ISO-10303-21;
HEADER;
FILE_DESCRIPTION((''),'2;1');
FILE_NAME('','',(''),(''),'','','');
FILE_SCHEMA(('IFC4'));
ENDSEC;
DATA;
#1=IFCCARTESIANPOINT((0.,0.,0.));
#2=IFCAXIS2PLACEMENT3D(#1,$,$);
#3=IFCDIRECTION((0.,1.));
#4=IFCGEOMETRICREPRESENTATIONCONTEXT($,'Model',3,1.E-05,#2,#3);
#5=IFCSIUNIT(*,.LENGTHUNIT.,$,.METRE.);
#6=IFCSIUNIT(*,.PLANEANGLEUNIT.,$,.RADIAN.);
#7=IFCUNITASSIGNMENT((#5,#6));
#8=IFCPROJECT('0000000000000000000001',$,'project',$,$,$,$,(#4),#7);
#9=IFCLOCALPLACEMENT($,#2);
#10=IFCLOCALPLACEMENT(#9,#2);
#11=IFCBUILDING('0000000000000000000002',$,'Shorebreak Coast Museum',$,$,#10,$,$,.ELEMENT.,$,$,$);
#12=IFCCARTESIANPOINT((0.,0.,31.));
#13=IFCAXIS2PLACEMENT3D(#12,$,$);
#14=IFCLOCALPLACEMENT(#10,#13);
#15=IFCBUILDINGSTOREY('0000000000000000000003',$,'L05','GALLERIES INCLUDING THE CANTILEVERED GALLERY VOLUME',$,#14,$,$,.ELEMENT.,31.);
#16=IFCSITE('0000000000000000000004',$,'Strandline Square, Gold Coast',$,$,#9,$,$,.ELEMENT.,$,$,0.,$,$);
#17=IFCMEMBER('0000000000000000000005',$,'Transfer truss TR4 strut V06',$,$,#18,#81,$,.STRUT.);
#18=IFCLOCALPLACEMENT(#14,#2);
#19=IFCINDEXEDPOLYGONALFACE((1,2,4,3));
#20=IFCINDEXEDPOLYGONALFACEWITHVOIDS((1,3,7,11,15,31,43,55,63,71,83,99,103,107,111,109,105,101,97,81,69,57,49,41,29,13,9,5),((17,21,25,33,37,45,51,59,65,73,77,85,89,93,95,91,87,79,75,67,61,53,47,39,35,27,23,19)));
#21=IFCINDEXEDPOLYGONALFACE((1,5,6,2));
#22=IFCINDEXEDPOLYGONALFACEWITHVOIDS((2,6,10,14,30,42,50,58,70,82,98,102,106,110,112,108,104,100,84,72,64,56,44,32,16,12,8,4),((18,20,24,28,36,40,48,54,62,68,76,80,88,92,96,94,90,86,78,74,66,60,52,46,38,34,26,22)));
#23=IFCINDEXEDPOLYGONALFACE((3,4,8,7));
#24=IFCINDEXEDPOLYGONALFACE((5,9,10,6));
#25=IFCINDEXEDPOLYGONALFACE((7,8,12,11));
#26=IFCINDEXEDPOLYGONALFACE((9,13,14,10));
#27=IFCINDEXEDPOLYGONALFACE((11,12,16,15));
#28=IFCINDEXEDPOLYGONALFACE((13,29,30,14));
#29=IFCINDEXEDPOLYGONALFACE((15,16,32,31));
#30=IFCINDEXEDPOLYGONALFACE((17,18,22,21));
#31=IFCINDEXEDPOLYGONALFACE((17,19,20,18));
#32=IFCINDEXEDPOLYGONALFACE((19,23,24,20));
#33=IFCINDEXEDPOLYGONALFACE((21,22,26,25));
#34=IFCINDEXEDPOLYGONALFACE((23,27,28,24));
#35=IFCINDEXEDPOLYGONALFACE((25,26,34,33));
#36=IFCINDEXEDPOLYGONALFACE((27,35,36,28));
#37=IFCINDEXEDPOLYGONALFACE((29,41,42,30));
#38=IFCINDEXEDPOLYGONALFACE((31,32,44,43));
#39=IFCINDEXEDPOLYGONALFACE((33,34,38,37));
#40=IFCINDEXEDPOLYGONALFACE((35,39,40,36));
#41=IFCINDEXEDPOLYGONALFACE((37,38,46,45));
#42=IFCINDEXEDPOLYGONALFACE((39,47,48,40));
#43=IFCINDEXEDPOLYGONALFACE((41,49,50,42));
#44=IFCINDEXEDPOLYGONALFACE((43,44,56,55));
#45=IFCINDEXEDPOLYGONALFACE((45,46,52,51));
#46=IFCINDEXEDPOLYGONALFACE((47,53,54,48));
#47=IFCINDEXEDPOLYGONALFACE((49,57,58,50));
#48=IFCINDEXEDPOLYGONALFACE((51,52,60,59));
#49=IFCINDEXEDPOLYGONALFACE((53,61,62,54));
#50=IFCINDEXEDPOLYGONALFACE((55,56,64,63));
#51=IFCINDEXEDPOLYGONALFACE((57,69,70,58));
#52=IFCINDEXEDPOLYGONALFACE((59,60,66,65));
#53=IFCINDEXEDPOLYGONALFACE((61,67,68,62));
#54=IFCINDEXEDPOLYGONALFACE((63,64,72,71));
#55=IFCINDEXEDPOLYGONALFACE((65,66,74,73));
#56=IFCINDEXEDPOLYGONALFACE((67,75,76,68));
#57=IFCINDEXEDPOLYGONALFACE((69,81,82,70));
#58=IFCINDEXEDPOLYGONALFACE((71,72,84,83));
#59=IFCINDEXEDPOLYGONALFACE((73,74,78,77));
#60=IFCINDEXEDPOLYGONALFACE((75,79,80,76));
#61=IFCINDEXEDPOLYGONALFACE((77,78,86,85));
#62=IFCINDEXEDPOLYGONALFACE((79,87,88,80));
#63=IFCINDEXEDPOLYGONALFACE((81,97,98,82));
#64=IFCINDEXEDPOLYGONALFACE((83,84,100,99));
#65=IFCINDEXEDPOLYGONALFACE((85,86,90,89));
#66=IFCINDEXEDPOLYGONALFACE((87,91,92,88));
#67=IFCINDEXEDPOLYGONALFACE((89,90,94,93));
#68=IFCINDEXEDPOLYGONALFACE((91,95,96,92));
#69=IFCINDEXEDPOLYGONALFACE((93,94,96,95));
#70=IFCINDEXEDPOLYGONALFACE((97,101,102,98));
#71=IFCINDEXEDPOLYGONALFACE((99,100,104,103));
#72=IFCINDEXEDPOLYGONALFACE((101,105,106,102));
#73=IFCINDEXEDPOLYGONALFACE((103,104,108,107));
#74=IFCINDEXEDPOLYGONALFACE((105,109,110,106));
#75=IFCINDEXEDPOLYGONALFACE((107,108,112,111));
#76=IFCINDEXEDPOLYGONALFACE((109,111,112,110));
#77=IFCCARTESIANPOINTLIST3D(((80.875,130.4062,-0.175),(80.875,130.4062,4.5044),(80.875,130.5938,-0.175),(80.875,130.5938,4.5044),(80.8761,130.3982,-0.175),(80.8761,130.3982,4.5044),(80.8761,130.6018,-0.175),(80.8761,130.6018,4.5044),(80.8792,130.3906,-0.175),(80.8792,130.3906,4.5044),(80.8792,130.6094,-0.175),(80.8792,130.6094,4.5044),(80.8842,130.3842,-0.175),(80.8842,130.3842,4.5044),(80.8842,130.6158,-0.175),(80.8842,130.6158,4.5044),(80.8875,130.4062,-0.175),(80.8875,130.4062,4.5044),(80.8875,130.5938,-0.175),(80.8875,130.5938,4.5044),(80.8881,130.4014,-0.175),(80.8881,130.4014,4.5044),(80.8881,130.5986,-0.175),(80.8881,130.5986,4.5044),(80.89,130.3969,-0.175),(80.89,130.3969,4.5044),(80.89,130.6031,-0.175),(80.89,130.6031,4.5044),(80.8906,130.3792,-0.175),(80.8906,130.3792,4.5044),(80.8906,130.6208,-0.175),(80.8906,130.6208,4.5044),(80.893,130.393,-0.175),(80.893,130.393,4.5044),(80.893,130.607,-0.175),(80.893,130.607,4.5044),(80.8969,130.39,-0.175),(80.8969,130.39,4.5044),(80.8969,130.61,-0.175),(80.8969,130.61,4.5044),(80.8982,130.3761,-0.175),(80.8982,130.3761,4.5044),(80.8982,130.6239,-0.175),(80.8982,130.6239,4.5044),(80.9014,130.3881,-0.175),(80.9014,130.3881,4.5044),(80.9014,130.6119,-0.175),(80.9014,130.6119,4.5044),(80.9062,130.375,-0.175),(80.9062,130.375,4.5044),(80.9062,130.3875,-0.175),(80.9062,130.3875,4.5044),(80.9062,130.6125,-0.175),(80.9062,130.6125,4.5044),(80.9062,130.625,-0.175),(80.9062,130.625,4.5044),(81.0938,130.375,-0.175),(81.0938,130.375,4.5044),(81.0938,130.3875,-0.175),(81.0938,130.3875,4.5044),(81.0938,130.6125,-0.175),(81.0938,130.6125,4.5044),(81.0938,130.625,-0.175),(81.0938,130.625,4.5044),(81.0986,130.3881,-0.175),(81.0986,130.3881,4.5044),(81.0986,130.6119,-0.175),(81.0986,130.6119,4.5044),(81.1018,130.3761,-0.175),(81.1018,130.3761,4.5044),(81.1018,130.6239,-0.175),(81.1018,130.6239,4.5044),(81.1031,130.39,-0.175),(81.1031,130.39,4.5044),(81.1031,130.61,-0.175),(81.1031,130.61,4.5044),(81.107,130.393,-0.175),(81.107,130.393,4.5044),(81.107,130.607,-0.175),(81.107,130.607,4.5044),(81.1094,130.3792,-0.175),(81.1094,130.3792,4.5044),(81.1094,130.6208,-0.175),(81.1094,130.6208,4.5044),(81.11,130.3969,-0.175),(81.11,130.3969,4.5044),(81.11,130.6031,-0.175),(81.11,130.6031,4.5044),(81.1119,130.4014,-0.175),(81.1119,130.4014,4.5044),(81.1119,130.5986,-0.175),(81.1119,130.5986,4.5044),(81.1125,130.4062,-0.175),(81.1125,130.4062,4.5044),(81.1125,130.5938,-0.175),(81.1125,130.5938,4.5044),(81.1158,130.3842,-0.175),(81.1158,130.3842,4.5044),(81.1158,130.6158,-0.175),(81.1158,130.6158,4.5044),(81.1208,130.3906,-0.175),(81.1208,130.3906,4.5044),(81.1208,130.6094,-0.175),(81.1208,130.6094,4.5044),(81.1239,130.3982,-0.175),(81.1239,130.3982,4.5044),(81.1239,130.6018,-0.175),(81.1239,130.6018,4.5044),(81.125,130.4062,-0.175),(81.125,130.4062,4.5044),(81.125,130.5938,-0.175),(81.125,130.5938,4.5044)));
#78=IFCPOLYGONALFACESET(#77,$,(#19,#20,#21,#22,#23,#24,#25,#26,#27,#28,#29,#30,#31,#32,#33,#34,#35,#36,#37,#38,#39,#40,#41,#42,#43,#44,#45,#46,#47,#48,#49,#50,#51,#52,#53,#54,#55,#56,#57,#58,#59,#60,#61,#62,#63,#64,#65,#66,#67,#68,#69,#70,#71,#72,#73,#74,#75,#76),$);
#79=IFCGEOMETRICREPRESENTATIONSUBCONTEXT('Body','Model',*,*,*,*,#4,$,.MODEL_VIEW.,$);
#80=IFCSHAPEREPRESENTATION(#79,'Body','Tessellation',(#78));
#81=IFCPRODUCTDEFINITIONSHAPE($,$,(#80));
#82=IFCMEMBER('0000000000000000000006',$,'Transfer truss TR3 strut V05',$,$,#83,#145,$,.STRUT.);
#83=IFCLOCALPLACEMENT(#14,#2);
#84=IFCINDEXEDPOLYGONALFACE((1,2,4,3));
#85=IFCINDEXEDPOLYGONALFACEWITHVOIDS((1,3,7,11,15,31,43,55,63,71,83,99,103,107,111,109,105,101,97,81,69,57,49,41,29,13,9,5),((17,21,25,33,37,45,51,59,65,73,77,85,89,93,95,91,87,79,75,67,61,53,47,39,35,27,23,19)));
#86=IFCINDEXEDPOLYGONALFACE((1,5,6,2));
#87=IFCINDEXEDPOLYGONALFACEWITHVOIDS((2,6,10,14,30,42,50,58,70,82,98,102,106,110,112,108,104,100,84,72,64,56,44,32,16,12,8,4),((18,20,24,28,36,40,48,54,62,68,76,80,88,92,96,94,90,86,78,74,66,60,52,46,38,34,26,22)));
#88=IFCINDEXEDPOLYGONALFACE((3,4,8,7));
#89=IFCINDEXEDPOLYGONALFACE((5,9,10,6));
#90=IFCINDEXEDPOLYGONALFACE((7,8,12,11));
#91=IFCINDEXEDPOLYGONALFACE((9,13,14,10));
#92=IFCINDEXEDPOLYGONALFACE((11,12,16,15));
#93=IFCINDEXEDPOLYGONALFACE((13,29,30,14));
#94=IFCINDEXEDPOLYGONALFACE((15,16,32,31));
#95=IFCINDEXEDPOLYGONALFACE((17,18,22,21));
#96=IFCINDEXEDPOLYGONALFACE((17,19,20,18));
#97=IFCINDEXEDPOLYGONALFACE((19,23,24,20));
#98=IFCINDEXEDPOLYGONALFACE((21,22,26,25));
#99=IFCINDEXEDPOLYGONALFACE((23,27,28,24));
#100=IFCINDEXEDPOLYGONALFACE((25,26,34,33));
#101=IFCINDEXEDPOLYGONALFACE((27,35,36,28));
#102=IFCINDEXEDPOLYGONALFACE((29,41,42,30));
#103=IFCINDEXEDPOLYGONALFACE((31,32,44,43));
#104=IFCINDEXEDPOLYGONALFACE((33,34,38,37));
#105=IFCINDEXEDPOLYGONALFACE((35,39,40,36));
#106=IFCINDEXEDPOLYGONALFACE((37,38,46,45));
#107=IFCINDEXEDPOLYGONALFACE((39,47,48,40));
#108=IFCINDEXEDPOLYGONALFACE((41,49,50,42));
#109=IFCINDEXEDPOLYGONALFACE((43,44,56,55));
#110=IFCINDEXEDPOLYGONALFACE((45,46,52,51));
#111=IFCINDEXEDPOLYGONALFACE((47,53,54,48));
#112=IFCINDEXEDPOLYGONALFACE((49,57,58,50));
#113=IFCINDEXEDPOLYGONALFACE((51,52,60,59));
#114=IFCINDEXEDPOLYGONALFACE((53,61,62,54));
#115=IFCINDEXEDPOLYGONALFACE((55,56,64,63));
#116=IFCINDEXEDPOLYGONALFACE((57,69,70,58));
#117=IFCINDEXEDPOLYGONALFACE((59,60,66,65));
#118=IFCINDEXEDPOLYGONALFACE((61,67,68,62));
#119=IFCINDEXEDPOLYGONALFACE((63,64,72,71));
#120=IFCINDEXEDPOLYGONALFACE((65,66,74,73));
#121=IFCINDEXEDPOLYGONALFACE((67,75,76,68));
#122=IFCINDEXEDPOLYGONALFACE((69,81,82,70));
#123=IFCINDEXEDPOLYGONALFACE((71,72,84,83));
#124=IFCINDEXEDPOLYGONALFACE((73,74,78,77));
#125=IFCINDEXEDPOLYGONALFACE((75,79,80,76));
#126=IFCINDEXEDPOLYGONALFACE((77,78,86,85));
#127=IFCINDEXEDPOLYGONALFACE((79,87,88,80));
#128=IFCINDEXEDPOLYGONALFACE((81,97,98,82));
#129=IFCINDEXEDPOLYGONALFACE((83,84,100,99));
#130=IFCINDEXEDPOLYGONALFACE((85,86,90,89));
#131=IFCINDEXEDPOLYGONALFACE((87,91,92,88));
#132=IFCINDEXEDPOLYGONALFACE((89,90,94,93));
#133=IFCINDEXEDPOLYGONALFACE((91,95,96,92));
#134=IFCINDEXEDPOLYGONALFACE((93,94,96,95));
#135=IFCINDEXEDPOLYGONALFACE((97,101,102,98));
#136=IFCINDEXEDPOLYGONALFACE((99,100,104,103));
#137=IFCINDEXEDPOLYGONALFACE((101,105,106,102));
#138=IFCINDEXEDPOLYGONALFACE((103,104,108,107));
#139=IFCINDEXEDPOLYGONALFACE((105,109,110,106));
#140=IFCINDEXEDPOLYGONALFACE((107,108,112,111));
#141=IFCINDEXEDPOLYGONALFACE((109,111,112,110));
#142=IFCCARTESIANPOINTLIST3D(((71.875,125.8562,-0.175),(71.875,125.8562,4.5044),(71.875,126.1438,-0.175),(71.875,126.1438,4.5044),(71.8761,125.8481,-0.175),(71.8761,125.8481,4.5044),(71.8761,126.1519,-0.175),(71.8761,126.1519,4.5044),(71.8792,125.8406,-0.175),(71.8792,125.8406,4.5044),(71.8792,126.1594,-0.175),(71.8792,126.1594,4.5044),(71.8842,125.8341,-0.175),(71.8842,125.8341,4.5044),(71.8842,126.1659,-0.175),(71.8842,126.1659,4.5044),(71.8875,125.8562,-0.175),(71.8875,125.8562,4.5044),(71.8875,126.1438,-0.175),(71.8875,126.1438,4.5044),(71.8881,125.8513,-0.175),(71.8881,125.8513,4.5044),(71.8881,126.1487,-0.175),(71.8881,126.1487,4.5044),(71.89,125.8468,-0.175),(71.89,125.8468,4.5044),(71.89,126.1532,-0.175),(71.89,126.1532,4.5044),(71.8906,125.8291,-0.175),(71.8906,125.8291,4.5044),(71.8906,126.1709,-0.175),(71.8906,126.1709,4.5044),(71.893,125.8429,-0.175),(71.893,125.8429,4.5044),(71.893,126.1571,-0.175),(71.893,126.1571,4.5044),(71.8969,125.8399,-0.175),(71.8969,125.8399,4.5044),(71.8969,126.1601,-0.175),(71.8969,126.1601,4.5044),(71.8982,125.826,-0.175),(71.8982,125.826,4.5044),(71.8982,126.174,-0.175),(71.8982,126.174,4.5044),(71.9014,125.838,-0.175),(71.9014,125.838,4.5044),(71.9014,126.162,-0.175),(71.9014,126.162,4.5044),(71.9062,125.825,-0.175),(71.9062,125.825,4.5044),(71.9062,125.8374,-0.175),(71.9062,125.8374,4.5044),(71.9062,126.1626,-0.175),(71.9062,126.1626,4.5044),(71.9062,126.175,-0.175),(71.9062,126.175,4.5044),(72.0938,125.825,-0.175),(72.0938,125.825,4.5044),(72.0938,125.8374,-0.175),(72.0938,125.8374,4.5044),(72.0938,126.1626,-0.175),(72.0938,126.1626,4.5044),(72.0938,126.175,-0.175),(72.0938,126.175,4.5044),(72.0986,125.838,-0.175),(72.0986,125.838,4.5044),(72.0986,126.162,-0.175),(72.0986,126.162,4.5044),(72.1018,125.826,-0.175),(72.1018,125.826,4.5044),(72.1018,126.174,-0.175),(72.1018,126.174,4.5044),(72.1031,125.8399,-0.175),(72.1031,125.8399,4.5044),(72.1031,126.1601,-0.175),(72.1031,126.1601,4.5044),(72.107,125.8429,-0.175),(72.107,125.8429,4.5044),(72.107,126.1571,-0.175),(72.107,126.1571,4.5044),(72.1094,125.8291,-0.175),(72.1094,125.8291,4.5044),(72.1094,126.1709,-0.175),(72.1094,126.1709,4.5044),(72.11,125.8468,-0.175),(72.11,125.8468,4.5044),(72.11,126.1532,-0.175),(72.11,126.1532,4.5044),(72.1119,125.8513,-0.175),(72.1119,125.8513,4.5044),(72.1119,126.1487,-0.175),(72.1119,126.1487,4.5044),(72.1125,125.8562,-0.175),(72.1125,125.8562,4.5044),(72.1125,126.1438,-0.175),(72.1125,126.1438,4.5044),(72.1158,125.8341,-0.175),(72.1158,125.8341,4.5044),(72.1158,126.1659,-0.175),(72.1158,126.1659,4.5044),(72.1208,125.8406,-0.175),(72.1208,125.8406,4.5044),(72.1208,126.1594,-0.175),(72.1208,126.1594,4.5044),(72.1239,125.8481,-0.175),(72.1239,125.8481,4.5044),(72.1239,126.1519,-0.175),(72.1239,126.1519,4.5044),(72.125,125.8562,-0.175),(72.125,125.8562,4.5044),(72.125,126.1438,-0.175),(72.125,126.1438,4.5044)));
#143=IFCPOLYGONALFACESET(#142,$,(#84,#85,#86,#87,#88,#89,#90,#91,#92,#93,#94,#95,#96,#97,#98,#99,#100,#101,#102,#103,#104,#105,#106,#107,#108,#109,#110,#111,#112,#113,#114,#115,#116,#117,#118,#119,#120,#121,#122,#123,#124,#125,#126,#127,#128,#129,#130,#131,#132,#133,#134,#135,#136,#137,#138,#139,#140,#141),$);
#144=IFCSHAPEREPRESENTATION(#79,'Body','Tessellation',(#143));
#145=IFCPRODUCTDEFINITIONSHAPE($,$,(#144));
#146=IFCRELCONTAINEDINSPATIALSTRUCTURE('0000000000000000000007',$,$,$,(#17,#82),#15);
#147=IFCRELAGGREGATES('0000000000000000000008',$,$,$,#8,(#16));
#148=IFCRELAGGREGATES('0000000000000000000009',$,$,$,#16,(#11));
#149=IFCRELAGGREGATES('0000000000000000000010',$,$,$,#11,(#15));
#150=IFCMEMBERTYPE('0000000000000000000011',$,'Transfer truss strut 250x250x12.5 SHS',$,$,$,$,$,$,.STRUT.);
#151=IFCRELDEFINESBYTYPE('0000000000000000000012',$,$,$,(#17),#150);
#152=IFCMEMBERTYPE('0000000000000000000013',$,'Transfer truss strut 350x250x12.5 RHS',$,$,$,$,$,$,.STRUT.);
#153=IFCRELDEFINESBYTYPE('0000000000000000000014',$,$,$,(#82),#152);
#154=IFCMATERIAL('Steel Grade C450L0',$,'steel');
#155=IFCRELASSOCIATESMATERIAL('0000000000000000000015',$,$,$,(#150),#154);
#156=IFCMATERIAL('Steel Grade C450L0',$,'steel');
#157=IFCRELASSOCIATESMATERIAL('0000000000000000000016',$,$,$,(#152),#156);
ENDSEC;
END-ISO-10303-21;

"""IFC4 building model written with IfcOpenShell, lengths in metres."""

from ifc_helpers import new_model, si_unit, direction, frame, origin, origin_2d, place, context, subcontext, project, spatial, hollow_rectangle, extrude, material, material_profile, profile_set, type_object, element, save


model = new_model("IFC4")

# Units and contexts
model_context = context("Model", 3, precision=1e-05, world=origin(), true_north=direction((0.0, 1.0)))
body_context = subcontext(model_context, "Body", "Model", "MODEL_VIEW")
ifc_project = project(units=[si_unit("LENGTHUNIT", "METRE"), si_unit("PLANEANGLEUNIT", "RADIAN")], contexts=[model_context])

# Site, building, storey
site_placement = place(None, origin())
site = spatial("IfcSite", under=ifc_project, at=site_placement, Name="Strandline Square, Gold Coast", CompositionType="ELEMENT", RefElevation=0.0)
building_placement = place(site_placement, origin())
building = spatial("IfcBuilding", under=site, at=building_placement, Name="Shorebreak Coast Museum", CompositionType="ELEMENT")
storey_placement = place(building_placement, frame((0.0, 0.0, 31.0)))
storey = spatial("IfcBuildingStorey", under=building, at=storey_placement, Name="L05", Description="GALLERIES INCLUDING THE CANTILEVERED GALLERY VOLUME", CompositionType="ELEMENT", Elevation=31.0)

# Members
ifc_material_1 = material(Name="Steel Grade C450L0", Category="steel")
ifc_material_profile_1 = material_profile(ifc_material_1, hollow_rectangle(XDim=0.25, YDim=0.25, WallThickness=0.0125, InnerFilletRadius=0.0188, OuterFilletRadius=0.0312, at=origin_2d()), Name="250x250x12.5 SHS")
ifc_profile_set_1 = profile_set([ifc_material_profile_1], Name="Steel Grade C450L0")
member_type_1 = type_object("IfcMemberType", Name="Transfer truss strut 250x250x12.5 SHS", PredefinedType="STRUT", material=ifc_profile_set_1)
for number, where, z_axis, x_axis, name in (
    (1, (81.0, 130.5, -0.175), (0.0, 0.0, 1.0), (1.0, 0.0, 0.0), "Transfer truss TR4 strut V06"),
):
    element("IfcMember", number, at=place(storey_placement, frame(where, z_axis=z_axis, x_axis=x_axis)), inside=storey, type_object=member_type_1, Name=name, PredefinedType="STRUT", context=body_context, shape_type="SweptSolid", body=[
        extrude(hollow_rectangle(XDim=0.25, YDim=0.25, WallThickness=0.0125, InnerFilletRadius=0.0188, OuterFilletRadius=0.0312, at=origin_2d()), origin(), (0.0, 0.0, 1.0), 4.6794),
    ])
ifc_material_2 = material(Name="Steel Grade C450L0", Category="steel")
ifc_material_profile_2 = material_profile(ifc_material_2, hollow_rectangle(XDim=0.25, YDim=0.3501, WallThickness=0.0125, InnerFilletRadius=0.0188, OuterFilletRadius=0.0312, at=origin_2d()), Name="350x250x12.5 RHS")
ifc_profile_set_2 = profile_set([ifc_material_profile_2], Name="Steel Grade C450L0")
member_type_2 = type_object("IfcMemberType", Name="Transfer truss strut 350x250x12.5 RHS", PredefinedType="STRUT", material=ifc_profile_set_2)
for number, where, z_axis, x_axis, name in (
    (2, (72.0, 126.0, -0.175), (0.0, 0.0, 1.0), (1.0, 0.0, 0.0), "Transfer truss TR3 strut V05"),
):
    element("IfcMember", number, at=place(storey_placement, frame(where, z_axis=z_axis, x_axis=x_axis)), inside=storey, type_object=member_type_2, Name=name, PredefinedType="STRUT", context=body_context, shape_type="SweptSolid", body=[
        extrude(hollow_rectangle(XDim=0.25, YDim=0.3501, WallThickness=0.0125, InnerFilletRadius=0.0188, OuterFilletRadius=0.0312, at=origin_2d()), origin(), (0.0, 0.0, 1.0), 4.6794),
    ])

save(model, "model.ifc")
